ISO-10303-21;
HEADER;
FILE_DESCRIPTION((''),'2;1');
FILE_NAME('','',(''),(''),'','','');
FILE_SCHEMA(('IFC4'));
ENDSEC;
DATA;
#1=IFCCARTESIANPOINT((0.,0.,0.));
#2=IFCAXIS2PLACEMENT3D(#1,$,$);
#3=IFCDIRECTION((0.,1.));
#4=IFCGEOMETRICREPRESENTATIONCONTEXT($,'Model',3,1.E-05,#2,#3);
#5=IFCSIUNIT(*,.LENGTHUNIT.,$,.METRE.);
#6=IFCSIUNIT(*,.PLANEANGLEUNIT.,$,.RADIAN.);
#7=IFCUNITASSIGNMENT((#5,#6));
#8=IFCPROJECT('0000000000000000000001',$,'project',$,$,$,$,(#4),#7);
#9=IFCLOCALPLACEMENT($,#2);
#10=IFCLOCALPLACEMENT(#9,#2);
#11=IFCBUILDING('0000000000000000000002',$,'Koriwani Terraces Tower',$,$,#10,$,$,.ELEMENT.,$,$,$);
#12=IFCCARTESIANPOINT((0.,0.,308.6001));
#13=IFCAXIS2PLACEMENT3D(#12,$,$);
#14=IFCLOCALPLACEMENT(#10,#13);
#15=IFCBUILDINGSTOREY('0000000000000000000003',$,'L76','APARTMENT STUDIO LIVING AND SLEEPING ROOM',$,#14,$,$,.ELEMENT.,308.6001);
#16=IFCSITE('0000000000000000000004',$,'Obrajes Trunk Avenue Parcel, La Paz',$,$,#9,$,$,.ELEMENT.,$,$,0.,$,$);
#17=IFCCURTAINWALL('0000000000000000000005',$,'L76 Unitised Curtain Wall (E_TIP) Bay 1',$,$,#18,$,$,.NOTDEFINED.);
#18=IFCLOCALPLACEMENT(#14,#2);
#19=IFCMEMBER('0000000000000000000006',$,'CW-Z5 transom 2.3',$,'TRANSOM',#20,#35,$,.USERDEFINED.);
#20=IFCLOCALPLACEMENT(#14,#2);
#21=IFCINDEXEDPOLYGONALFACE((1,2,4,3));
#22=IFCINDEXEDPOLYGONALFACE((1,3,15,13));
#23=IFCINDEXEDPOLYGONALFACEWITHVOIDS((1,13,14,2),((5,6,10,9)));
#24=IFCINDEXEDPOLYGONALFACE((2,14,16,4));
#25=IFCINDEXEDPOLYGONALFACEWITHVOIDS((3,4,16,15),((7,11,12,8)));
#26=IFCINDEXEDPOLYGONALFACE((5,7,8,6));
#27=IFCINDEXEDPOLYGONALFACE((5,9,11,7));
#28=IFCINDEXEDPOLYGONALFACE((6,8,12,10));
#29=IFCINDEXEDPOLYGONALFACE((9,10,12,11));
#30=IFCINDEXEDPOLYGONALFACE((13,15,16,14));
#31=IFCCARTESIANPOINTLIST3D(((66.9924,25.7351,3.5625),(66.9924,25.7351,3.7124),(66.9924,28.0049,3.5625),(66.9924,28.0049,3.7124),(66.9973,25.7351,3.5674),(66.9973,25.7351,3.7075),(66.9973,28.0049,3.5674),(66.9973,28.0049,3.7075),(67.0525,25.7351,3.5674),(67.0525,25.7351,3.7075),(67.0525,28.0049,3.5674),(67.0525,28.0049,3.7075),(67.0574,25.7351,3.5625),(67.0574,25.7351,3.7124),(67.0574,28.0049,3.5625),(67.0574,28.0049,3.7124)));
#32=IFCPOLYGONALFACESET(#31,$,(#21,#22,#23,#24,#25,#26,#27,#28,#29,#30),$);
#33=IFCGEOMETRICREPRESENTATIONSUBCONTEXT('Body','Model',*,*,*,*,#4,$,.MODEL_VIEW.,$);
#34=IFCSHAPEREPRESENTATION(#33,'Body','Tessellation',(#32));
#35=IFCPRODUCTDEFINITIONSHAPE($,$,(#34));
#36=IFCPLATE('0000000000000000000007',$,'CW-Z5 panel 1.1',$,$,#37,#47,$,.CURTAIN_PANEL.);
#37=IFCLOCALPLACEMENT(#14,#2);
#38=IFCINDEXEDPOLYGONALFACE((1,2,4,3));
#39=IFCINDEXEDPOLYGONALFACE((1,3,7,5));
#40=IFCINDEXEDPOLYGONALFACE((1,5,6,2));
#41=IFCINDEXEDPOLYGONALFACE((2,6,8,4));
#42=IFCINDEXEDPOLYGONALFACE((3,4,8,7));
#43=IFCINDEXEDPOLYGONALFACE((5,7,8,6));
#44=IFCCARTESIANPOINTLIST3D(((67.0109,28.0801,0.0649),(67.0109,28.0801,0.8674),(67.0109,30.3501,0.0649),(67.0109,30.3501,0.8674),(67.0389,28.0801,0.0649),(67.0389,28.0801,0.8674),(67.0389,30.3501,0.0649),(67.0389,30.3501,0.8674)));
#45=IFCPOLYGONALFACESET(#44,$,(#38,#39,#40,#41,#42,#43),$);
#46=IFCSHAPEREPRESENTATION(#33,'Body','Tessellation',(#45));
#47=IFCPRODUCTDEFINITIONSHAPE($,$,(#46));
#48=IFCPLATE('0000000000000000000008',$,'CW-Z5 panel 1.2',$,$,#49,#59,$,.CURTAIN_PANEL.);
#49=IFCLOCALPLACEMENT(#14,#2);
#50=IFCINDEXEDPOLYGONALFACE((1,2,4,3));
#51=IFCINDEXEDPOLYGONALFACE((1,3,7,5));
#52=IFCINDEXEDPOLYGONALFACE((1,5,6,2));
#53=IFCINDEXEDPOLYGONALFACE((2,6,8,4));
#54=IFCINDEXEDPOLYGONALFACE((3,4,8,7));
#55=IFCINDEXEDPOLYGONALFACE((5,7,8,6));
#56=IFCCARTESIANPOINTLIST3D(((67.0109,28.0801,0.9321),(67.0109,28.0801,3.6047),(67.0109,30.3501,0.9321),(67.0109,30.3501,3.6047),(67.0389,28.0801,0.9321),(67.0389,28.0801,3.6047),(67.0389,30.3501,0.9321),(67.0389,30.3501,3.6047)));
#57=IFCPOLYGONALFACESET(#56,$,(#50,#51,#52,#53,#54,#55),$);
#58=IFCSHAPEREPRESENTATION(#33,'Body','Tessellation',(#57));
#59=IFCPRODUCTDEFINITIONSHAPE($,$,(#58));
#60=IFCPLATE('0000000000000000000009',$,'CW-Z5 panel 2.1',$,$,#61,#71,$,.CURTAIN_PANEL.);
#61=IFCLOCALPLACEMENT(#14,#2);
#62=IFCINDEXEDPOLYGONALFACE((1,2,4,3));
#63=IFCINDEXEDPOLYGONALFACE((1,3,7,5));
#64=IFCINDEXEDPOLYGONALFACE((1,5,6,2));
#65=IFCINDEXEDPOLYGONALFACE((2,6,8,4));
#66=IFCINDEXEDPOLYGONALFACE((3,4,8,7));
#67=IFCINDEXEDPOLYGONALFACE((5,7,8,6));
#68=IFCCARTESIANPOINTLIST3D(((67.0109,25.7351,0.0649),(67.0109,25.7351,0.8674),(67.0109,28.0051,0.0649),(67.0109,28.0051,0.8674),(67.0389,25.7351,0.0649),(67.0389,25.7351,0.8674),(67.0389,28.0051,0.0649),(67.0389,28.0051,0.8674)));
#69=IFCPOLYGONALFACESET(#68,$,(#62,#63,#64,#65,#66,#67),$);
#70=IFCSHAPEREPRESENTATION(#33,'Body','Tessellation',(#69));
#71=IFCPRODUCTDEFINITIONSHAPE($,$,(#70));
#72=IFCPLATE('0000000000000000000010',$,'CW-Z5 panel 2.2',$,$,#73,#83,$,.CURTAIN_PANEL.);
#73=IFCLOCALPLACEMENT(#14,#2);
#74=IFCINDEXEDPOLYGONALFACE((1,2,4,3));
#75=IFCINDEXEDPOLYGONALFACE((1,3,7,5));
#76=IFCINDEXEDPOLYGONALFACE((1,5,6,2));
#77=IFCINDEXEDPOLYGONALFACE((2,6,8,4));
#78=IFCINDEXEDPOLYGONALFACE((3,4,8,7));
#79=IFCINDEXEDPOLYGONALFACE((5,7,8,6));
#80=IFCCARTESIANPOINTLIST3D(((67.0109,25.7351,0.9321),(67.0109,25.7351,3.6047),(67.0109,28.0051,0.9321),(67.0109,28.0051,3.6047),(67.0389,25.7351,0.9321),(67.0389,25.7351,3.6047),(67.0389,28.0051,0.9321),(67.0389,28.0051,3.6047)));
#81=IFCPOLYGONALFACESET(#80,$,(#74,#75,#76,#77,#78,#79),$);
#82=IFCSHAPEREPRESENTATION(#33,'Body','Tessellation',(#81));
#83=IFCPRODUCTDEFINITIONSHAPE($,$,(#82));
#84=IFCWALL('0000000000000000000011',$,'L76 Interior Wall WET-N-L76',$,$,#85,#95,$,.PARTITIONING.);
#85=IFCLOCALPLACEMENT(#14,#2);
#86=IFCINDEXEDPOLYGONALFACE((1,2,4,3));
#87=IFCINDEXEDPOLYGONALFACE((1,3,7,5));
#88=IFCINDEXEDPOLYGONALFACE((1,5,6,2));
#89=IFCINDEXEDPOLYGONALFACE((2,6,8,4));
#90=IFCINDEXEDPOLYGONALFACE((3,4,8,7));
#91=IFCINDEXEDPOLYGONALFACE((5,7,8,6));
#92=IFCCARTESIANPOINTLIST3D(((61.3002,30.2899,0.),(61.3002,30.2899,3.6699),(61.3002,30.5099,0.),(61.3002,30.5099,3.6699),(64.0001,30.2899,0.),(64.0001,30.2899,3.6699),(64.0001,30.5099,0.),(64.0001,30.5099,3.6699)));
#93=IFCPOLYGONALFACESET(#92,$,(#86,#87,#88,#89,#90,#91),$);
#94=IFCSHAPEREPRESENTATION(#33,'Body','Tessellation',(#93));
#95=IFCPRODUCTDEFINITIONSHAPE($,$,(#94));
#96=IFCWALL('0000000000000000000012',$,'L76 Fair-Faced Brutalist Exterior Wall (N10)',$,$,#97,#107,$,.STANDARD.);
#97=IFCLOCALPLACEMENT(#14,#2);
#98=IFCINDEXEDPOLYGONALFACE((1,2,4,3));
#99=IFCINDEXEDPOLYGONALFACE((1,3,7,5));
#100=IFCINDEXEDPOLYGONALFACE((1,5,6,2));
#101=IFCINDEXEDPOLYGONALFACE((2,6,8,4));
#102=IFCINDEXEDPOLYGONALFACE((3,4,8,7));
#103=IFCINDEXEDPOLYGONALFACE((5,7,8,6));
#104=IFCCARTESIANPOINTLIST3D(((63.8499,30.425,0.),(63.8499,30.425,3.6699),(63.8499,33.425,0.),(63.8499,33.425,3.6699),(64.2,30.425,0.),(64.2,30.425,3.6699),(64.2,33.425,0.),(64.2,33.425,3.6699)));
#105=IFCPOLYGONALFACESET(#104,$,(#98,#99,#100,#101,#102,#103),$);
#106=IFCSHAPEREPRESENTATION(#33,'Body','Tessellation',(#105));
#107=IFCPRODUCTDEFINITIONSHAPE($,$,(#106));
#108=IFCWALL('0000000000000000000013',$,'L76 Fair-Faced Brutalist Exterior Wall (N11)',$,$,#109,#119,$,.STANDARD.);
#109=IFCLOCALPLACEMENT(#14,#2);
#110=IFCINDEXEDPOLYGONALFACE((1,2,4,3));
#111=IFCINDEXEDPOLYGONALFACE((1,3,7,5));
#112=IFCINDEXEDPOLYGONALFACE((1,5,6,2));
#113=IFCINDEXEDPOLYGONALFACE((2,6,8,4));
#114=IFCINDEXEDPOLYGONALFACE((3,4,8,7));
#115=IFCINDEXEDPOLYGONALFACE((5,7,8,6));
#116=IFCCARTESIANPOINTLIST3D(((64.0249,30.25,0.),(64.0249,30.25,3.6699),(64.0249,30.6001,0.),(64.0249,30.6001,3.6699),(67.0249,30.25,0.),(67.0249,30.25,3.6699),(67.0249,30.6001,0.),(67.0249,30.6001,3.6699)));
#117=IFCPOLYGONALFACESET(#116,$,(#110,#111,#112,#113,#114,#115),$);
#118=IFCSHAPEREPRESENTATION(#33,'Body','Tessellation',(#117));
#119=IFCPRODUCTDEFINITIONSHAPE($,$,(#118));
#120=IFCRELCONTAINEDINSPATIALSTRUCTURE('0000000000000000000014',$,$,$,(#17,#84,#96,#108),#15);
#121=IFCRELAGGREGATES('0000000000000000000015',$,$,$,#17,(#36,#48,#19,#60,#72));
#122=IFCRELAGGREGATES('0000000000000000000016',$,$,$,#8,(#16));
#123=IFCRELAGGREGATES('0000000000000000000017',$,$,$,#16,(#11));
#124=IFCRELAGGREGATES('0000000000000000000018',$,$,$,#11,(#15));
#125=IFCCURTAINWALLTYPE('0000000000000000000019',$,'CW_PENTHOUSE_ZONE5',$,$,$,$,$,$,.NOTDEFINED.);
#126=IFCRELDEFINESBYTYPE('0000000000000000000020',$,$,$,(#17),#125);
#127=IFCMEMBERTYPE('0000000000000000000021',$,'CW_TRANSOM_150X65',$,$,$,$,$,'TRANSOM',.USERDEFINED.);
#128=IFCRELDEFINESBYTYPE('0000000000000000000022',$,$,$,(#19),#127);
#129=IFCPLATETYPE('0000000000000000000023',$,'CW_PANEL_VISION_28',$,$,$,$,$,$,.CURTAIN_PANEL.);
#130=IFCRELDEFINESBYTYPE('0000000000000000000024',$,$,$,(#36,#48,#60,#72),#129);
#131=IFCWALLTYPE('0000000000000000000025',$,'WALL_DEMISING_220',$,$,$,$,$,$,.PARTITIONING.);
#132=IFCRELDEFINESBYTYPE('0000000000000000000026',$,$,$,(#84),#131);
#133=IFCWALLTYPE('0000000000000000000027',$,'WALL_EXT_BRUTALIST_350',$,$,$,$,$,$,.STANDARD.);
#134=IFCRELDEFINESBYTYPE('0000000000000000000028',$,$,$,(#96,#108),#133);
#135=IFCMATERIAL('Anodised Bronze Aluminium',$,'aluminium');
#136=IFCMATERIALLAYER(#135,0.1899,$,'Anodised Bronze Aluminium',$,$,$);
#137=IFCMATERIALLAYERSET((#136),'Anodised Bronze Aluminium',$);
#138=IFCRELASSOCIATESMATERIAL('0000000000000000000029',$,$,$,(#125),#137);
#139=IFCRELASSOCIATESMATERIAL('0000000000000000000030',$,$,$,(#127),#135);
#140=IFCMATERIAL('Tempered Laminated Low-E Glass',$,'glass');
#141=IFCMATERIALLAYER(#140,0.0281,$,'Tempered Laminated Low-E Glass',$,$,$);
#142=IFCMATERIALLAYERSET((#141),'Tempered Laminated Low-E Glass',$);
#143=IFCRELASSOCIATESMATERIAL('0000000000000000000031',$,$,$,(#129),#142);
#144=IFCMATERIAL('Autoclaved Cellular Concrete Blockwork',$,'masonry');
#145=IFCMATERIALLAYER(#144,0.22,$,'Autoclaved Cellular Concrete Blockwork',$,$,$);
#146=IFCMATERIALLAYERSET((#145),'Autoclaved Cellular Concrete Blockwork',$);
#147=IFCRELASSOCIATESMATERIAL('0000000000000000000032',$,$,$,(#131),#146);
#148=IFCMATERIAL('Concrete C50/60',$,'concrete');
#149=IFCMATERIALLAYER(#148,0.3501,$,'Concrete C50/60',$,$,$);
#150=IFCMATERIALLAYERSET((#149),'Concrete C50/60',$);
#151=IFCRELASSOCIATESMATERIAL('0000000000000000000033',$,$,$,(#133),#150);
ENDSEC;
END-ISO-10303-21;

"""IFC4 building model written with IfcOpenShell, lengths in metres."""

from ifc_helpers import new_model, si_unit, direction, frame, frame_2d, origin, origin_2d, place, context, subcontext, project, spatial, rectangle, hollow_rectangle, extrude, material, layer, layer_set, material_profile, profile_set, type_object, element, aggregate, save


model = new_model("IFC4")

# Units and contexts
model_context = context("Model", 3, precision=1e-05, world=origin(), true_north=direction((0.0, 1.0)))
body_context = subcontext(model_context, "Body", "Model", "MODEL_VIEW")
ifc_project = project(units=[si_unit("LENGTHUNIT", "METRE"), si_unit("PLANEANGLEUNIT", "RADIAN")], contexts=[model_context])

# Site, building, storey
site_placement = place(None, origin())
site = spatial("IfcSite", under=ifc_project, at=site_placement, Name="Obrajes Trunk Avenue Parcel, La Paz", CompositionType="ELEMENT", RefElevation=0.0)
building_placement = place(site_placement, origin())
building = spatial("IfcBuilding", under=site, at=building_placement, Name="Koriwani Terraces Tower", CompositionType="ELEMENT")
storey_placement = place(building_placement, frame((0.0, 0.0, 308.6001)))
storey = spatial("IfcBuildingStorey", under=building, at=storey_placement, Name="L76", Description="APARTMENT STUDIO LIVING AND SLEEPING ROOM", CompositionType="ELEMENT", Elevation=308.6001)

# Shared definitions
ifc_material_1 = material(Name="Concrete C50/60", Category="concrete")

# Curtain wall, member, plates
ifc_material_2 = material(Name="Anodised Bronze Aluminium", Category="aluminium")
ifc_layer_1 = layer(ifc_material_2, 0.1899, Name="Anodised Bronze Aluminium")
ifc_layer_set_1 = layer_set([ifc_layer_1], Name="Anodised Bronze Aluminium")
curtain_wall_type = type_object("IfcCurtainWallType", Name="CW_PENTHOUSE_ZONE5", PredefinedType="NOTDEFINED", material=ifc_layer_set_1)
curtain_wall_placement = place(storey_placement, origin())
curtain_wall = element("IfcCurtainWall", 1, at=curtain_wall_placement, inside=storey, type_object=curtain_wall_type, Name="L76 Unitised Curtain Wall (E_TIP) Bay 1", PredefinedType="NOTDEFINED")
ifc_material_profile_1 = material_profile(ifc_material_2, hollow_rectangle(XDim=0.0649, YDim=0.1499, WallThickness=0.0049, at=origin_2d()), Name="Anodised Bronze Aluminium", Category="LoadBearing")
ifc_profile_set_1 = profile_set([ifc_material_profile_1], Name="Anodised Bronze Aluminium")
member_type_1 = type_object("IfcMemberType", Name="CW_TRANSOM_150X65", ElementType="TRANSOM", PredefinedType="USERDEFINED", material=ifc_profile_set_1)
member_1_placement = place(storey_placement, frame((67.0249, 28.0049, 3.6375), z_axis=(0.0, -1.0, 0.0), x_axis=(1.0, 0.0, 0.0)))
member_1 = element("IfcMember", 2, at=member_1_placement, type_object=member_type_1, Name="CW-Z5 transom 2.3", ObjectType="TRANSOM", PredefinedType="USERDEFINED", context=body_context, shape_type="SweptSolid", body=[
    extrude(hollow_rectangle(XDim=0.0649, YDim=0.1499, WallThickness=0.0049, at=origin_2d()), origin(), (0.0, 0.0, 1.0), 2.2698),
])
ifc_material_3 = material(Name="Tempered Laminated Low-E Glass", Category="glass")
ifc_layer_2 = layer(ifc_material_3, 0.0281, Name="Tempered Laminated Low-E Glass")
ifc_layer_set_2 = layer_set([ifc_layer_2], Name="Tempered Laminated Low-E Glass")
plate_type = type_object("IfcPlateType", Name="CW_PANEL_VISION_28", PredefinedType="CURTAIN_PANEL", material=ifc_layer_set_2)
plate_1_placement = place(storey_placement, frame((67.0249, 29.2151, 0.0649), z_axis=(0.0, 0.0, 1.0), x_axis=(0.0, -1.0, 0.0)))
plate_1 = element("IfcPlate", 3, at=plate_1_placement, type_object=plate_type, Name="CW-Z5 panel 1.1", PredefinedType="CURTAIN_PANEL", context=body_context, shape_type="SweptSolid", body=[
    extrude(rectangle(XDim=2.27, YDim=0.0281, at=origin_2d()), origin(), (0.0, 0.0, 1.0), 0.8025),
])
plate_2_placement = place(storey_placement, frame((67.0249, 29.2151, 0.9321), z_axis=(0.0, 0.0, 1.0), x_axis=(0.0, -1.0, 0.0)))
plate_2 = element("IfcPlate", 4, at=plate_2_placement, type_object=plate_type, Name="CW-Z5 panel 1.2", PredefinedType="CURTAIN_PANEL", context=body_context, shape_type="SweptSolid", body=[
    extrude(rectangle(XDim=2.27, YDim=0.0281, at=origin_2d()), origin(), (0.0, 0.0, 1.0), 2.6726),
])
plate_3_placement = place(storey_placement, frame((67.0249, 26.8701, 0.0649), z_axis=(0.0, 0.0, 1.0), x_axis=(0.0, -1.0, 0.0)))
plate_3 = element("IfcPlate", 5, at=plate_3_placement, type_object=plate_type, Name="CW-Z5 panel 2.1", PredefinedType="CURTAIN_PANEL", context=body_context, shape_type="SweptSolid", body=[
    extrude(rectangle(XDim=2.27, YDim=0.0281, at=origin_2d()), origin(), (0.0, 0.0, 1.0), 0.8025),
])
plate_4_placement = place(storey_placement, frame((67.0249, 26.8701, 0.9321), z_axis=(0.0, 0.0, 1.0), x_axis=(0.0, -1.0, 0.0)))
plate_4 = element("IfcPlate", 6, at=plate_4_placement, type_object=plate_type, Name="CW-Z5 panel 2.2", PredefinedType="CURTAIN_PANEL", context=body_context, shape_type="SweptSolid", body=[
    extrude(rectangle(XDim=2.27, YDim=0.0281, at=origin_2d()), origin(), (0.0, 0.0, 1.0), 2.6726),
])
aggregate(curtain_wall, [plate_1, plate_2, member_1, plate_3, plate_4])

# Walls
ifc_material_4 = material(Name="Autoclaved Cellular Concrete Blockwork", Category="masonry")
ifc_layer_3 = layer(ifc_material_4, 0.22, Name="Autoclaved Cellular Concrete Blockwork")
ifc_layer_set_3 = layer_set([ifc_layer_3], Name="Autoclaved Cellular Concrete Blockwork")
wall_type_1 = type_object("IfcWallType", Name="WALL_DEMISING_220", PredefinedType="PARTITIONING", material=ifc_layer_set_3)
wall_placement = place(storey_placement, frame((61.3, 30.3999, 0.0), z_axis=(0.0, 0.0, 1.0), x_axis=(1.0, 0.0, 0.0)))
element("IfcWall", 7, at=wall_placement, inside=storey, type_object=wall_type_1, Name="L76 Interior Wall WET-N-L76", PredefinedType="PARTITIONING", context=body_context, shape_type="SweptSolid", body=[
    extrude(rectangle(XDim=2.7, YDim=0.22, at=frame_2d((1.3501, 0.0))), origin(), (0.0, 0.0, 1.0), 3.6699),
])
ifc_layer_4 = layer(ifc_material_1, 0.3501, Name="Concrete C50/60")
ifc_layer_set_4 = layer_set([ifc_layer_4], Name="Concrete C50/60")
wall_type_2 = type_object("IfcWallType", Name="WALL_EXT_BRUTALIST_350", PredefinedType="STANDARD", material=ifc_layer_set_4)
for number, where, z_axis, x_axis, name in (
    (8, (64.0249, 33.425, 0.0), (0.0, 0.0, 1.0), (0.0, -1.0, 0.0), "L76 Fair-Faced Brutalist Exterior Wall (N10)"),
    (9, (64.0249, 30.425, 0.0), (0.0, 0.0, 1.0), (1.0, 0.0, 0.0), "L76 Fair-Faced Brutalist Exterior Wall (N11)"),
):
    element("IfcWall", number, at=place(storey_placement, frame(where, z_axis=z_axis, x_axis=x_axis)), inside=storey, type_object=wall_type_2, Name=name, PredefinedType="STANDARD", context=body_context, shape_type="SweptSolid", body=[
        extrude(rectangle(XDim=3.0, YDim=0.3501, at=frame_2d((1.5, 0.0))), origin(), (0.0, 0.0, 1.0), 3.6699),
    ])

save(model, "model.ifc")
